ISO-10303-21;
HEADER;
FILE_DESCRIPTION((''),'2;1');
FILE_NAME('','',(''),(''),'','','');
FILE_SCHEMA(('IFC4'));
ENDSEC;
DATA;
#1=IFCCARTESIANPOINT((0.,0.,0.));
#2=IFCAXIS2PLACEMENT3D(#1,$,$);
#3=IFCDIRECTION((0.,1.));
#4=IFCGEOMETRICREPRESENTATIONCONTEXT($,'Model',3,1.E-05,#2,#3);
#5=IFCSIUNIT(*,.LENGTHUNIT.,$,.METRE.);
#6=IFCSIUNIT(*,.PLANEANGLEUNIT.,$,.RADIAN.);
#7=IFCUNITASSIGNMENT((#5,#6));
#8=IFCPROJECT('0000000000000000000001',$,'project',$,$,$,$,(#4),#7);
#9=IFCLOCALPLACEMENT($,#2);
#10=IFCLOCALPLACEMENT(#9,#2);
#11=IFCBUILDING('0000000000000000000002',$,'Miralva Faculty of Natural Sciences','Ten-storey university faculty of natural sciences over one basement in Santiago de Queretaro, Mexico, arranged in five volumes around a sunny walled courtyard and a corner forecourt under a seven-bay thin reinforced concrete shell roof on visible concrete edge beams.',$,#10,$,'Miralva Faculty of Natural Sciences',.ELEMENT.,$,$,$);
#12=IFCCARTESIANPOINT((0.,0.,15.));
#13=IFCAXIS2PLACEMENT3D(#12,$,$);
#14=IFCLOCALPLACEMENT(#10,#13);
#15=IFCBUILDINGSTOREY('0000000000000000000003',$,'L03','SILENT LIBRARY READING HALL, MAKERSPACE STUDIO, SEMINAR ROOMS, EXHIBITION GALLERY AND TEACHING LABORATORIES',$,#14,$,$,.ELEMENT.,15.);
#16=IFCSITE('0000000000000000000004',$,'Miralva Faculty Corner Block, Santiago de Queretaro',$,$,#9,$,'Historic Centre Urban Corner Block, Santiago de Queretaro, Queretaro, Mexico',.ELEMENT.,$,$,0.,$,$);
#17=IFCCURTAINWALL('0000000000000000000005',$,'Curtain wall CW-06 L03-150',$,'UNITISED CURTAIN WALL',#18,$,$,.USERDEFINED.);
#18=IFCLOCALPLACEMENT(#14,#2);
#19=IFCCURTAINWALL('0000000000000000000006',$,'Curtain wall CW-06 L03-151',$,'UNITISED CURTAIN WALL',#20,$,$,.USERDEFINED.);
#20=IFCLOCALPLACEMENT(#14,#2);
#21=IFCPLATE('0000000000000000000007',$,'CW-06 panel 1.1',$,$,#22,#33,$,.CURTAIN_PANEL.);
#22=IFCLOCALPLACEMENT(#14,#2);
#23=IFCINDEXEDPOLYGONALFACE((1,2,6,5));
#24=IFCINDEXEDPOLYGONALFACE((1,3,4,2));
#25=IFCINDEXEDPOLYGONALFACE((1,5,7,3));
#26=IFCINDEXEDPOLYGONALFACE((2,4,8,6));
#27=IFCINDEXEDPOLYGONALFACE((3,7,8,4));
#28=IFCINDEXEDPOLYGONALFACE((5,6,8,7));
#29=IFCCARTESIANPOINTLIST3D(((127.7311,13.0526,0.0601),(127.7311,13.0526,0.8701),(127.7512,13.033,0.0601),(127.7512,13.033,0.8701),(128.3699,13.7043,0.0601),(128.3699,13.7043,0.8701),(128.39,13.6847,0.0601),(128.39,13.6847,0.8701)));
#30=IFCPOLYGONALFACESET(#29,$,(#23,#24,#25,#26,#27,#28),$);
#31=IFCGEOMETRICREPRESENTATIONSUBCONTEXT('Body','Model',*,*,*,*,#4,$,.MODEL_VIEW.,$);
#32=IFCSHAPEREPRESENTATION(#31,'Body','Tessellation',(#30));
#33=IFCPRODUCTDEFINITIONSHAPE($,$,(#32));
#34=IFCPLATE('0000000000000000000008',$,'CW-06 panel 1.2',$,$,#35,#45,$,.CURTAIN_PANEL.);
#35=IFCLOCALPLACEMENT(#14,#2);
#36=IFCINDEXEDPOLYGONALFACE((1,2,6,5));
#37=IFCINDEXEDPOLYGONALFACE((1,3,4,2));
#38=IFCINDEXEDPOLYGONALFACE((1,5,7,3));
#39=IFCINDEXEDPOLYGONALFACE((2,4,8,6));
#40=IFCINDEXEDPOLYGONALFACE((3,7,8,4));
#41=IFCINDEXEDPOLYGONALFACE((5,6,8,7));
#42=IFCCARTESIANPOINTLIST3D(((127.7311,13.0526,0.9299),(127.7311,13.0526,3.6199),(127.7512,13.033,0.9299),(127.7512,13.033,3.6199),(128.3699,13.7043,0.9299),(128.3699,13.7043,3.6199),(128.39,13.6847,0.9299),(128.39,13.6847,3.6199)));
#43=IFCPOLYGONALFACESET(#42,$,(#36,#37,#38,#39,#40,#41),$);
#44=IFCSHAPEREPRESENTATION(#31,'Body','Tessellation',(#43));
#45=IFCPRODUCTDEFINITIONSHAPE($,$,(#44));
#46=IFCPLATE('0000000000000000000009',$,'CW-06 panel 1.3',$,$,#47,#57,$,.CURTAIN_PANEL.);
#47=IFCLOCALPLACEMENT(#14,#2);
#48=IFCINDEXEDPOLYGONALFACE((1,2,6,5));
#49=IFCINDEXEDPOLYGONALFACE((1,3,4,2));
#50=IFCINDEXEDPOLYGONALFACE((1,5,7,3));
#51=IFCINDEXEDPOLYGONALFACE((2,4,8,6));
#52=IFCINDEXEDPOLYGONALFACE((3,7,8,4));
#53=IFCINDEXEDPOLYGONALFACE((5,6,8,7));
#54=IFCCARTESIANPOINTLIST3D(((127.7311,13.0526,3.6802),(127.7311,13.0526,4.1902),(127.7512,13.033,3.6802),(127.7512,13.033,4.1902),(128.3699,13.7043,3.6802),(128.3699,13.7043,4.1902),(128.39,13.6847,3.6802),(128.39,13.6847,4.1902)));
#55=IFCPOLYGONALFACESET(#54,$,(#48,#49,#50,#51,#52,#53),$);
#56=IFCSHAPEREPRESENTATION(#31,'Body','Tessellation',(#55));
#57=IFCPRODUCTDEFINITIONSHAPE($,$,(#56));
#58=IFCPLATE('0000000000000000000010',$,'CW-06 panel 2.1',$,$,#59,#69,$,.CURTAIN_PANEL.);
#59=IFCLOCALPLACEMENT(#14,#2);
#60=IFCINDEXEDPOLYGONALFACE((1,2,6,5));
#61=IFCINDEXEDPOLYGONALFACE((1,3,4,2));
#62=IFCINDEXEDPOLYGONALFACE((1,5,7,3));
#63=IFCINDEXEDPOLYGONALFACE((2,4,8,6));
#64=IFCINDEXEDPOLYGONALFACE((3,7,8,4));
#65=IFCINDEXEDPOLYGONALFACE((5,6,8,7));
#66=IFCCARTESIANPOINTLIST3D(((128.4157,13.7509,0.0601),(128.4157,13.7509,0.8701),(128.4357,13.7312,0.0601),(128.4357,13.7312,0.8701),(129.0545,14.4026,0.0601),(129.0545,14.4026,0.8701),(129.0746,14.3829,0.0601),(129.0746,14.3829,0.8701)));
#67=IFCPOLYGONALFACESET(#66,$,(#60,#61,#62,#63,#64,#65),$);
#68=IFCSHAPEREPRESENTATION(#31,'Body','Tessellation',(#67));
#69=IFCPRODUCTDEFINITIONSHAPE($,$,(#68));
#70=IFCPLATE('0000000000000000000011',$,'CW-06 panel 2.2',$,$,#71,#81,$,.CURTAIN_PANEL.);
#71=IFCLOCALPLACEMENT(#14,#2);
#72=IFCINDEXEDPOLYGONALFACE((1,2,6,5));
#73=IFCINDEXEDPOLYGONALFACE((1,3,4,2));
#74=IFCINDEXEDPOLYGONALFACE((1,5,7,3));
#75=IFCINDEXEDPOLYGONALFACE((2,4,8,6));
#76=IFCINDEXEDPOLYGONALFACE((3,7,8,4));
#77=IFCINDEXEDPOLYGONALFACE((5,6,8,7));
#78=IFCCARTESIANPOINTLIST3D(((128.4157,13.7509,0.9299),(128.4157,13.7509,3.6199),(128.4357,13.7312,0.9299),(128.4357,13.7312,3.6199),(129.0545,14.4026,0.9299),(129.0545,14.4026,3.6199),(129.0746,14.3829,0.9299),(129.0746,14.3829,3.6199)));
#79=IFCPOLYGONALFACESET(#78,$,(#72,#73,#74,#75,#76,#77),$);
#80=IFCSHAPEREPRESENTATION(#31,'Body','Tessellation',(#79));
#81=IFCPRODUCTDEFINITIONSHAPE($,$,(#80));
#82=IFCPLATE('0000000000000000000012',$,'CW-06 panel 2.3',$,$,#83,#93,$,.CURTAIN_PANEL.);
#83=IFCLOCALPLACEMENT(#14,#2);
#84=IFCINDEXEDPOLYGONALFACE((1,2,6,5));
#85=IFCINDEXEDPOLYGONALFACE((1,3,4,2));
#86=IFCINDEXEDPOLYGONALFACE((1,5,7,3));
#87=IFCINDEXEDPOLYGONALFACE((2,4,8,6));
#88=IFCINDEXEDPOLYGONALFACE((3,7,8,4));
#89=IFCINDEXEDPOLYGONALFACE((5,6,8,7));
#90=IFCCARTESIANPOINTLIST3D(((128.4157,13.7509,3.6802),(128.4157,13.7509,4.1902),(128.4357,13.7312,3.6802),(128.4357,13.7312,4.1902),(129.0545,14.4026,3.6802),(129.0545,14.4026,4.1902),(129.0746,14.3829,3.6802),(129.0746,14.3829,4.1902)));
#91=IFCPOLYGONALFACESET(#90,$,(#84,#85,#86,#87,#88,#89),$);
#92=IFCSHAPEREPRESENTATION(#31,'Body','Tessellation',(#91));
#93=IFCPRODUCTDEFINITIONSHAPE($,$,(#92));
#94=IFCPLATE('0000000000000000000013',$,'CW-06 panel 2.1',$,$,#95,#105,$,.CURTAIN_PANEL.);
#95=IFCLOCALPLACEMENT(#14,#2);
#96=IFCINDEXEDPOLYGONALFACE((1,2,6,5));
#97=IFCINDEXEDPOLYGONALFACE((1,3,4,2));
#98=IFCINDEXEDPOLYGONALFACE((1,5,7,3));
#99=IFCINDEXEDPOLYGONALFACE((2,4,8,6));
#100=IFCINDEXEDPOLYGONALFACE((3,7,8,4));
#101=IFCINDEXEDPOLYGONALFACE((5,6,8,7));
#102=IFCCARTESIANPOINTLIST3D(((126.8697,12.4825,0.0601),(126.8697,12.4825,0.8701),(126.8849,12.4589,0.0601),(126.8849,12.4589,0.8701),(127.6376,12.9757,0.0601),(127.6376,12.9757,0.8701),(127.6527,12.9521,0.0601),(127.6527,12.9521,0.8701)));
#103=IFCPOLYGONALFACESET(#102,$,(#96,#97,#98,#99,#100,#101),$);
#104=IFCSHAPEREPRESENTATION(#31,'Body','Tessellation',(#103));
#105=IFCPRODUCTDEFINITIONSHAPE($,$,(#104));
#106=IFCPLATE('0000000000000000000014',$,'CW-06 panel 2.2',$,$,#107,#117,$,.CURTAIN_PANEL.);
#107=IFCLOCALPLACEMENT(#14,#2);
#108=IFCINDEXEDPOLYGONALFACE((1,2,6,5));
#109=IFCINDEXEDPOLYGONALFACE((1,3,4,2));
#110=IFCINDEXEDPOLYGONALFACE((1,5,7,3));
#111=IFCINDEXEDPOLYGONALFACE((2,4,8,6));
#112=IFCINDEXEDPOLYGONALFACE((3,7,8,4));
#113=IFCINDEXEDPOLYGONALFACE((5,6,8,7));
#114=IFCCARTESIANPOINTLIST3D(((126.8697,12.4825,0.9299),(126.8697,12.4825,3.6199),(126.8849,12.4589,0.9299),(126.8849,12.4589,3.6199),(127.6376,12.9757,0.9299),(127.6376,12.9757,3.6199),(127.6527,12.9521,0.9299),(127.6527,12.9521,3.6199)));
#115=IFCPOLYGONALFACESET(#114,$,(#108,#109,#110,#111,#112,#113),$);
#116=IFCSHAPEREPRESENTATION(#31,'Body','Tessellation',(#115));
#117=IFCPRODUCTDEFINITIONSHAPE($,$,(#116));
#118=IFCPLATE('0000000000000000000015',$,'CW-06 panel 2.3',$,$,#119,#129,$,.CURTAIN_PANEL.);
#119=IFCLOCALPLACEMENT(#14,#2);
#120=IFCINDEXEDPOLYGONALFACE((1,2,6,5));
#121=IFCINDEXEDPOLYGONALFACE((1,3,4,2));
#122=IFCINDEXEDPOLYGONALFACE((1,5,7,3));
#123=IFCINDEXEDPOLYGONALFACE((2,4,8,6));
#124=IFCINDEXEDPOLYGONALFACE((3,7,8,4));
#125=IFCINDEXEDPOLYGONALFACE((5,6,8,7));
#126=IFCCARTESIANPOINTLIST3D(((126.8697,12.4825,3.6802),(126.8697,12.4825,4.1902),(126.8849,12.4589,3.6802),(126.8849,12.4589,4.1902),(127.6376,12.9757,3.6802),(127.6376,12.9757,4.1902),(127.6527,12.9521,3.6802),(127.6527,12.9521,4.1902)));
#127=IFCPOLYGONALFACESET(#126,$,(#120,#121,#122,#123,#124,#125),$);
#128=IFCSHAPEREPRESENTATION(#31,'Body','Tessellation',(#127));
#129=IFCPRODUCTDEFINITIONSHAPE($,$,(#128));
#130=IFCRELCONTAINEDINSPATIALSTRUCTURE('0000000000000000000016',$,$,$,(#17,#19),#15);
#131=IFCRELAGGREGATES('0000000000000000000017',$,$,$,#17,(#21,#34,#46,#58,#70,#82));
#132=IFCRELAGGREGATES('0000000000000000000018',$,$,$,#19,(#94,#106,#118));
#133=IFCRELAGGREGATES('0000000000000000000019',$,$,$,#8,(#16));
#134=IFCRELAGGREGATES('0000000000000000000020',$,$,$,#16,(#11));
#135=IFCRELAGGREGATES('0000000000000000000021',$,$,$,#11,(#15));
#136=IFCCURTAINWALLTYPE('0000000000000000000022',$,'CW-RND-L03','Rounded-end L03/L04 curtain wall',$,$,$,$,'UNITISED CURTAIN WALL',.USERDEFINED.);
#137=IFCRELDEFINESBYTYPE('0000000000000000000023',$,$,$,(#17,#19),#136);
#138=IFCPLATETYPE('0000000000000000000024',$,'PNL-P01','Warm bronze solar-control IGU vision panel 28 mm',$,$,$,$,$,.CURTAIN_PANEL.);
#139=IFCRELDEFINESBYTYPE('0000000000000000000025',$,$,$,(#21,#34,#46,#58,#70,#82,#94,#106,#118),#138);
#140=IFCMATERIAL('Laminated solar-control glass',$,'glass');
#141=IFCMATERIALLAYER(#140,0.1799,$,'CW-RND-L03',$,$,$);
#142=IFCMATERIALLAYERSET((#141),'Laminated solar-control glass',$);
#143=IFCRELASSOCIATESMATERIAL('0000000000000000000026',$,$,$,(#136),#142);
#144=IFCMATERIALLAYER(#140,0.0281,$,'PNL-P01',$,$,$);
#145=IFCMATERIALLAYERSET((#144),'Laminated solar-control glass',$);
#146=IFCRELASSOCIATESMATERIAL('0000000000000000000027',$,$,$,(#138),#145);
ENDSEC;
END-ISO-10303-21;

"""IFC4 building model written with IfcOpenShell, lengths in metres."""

from ifc_helpers import new_model, si_unit, direction, frame, origin, origin_2d, place, context, subcontext, project, spatial, rectangle, extrude, material, layer, layer_set, type_object, element, aggregate, save


model = new_model("IFC4")

# Units and contexts
model_context = context("Model", 3, precision=1e-05, world=origin(), true_north=direction((0.0, 1.0)))
body_context = subcontext(model_context, "Body", "Model", "MODEL_VIEW")
ifc_project = project(units=[si_unit("LENGTHUNIT", "METRE"), si_unit("PLANEANGLEUNIT", "RADIAN")], contexts=[model_context])

# Site, building, storey
site_placement = place(None, origin())
site = spatial("IfcSite", under=ifc_project, at=site_placement, Name="Miralva Faculty Corner Block, Santiago de Queretaro", LongName="Historic Centre Urban Corner Block, Santiago de Queretaro, Queretaro, Mexico", CompositionType="ELEMENT", RefElevation=0.0)
building_placement = place(site_placement, origin())
building = spatial("IfcBuilding", under=site, at=building_placement, Name="Miralva Faculty of Natural Sciences", Description="Ten-storey university faculty of natural sciences over one basement in Santiago de Queretaro, Mexico, arranged in five volumes around a sunny walled courtyard and a corner forecourt under a seven-bay thin reinforced concrete shell roof on visible concrete edge beams.", LongName="Miralva Faculty of Natural Sciences", CompositionType="ELEMENT")
storey_placement = place(building_placement, frame((0.0, 0.0, 15.0)))
storey = spatial("IfcBuildingStorey", under=building, at=storey_placement, Name="L03", Description="SILENT LIBRARY READING HALL, MAKERSPACE STUDIO, SEMINAR ROOMS, EXHIBITION GALLERY AND TEACHING LABORATORIES", CompositionType="ELEMENT", Elevation=15.0)

# Curtain wall
ifc_material_1 = material(Name="Laminated solar-control glass", Category="glass")
ifc_layer_1 = layer(ifc_material_1, 0.1799, Name="CW-RND-L03")
ifc_layer_set_1 = layer_set([ifc_layer_1], Name="Laminated solar-control glass")
curtain_wall_type = type_object("IfcCurtainWallType", Name="CW-RND-L03", Description="Rounded-end L03/L04 curtain wall", ElementType="UNITISED CURTAIN WALL", PredefinedType="USERDEFINED", material=ifc_layer_set_1)
curtain_wall_1_placement = place(storey_placement, origin())
curtain_wall_1 = element("IfcCurtainWall", 1, at=curtain_wall_1_placement, inside=storey, type_object=curtain_wall_type, Name="Curtain wall CW-06 L03-150", ObjectType="UNITISED CURTAIN WALL", PredefinedType="USERDEFINED")

# Curtain wall
curtain_wall_2_placement = place(storey_placement, origin())
curtain_wall_2 = element("IfcCurtainWall", 2, at=curtain_wall_2_placement, inside=storey, type_object=curtain_wall_type, Name="Curtain wall CW-06 L03-151", ObjectType="UNITISED CURTAIN WALL", PredefinedType="USERDEFINED")

# Plates
ifc_layer_2 = layer(ifc_material_1, 0.0281, Name="PNL-P01")
ifc_layer_set_2 = layer_set([ifc_layer_2], Name="Laminated solar-control glass")
plate_type = type_object("IfcPlateType", Name="PNL-P01", Description="Warm bronze solar-control IGU vision panel 28 mm", PredefinedType="CURTAIN_PANEL", material=ifc_layer_set_2)
plate_1_placement = place(storey_placement, frame((128.0605, 13.3687, 0.0601), z_axis=(0.0, 0.0, 1.0), x_axis=(0.700018, 0.714125, 0.0)))
plate_1 = element("IfcPlate", 3, at=plate_1_placement, type_object=plate_type, Name="CW-06 panel 1.1", PredefinedType="CURTAIN_PANEL", context=body_context, shape_type="SweptSolid", body=[
    extrude(rectangle(XDim=0.9126, YDim=0.0281, at=origin_2d()), origin(), (0.0, 0.0, 1.0), 0.8101),
])
plate_2_placement = place(storey_placement, frame((128.0605, 13.3687, 0.9299), z_axis=(0.0, 0.0, 1.0), x_axis=(0.700018, 0.714125, 0.0)))
plate_2 = element("IfcPlate", 4, at=plate_2_placement, type_object=plate_type, Name="CW-06 panel 1.2", PredefinedType="CURTAIN_PANEL", context=body_context, shape_type="SweptSolid", body=[
    extrude(rectangle(XDim=0.9126, YDim=0.0281, at=origin_2d()), origin(), (0.0, 0.0, 1.0), 2.6899),
])
plate_3_placement = place(storey_placement, frame((128.0605, 13.3687, 3.6802), z_axis=(0.0, 0.0, 1.0), x_axis=(0.700018, 0.714125, 0.0)))
plate_3 = element("IfcPlate", 5, at=plate_3_placement, type_object=plate_type, Name="CW-06 panel 1.3", PredefinedType="CURTAIN_PANEL", context=body_context, shape_type="SweptSolid", body=[
    extrude(rectangle(XDim=0.9126, YDim=0.0281, at=origin_2d()), origin(), (0.0, 0.0, 1.0), 0.51),
])
plate_4_placement = place(storey_placement, frame((128.7451, 14.0669, 0.0601), z_axis=(0.0, 0.0, 1.0), x_axis=(0.700018, 0.714125, 0.0)))
plate_4 = element("IfcPlate", 6, at=plate_4_placement, type_object=plate_type, Name="CW-06 panel 2.1", PredefinedType="CURTAIN_PANEL", context=body_context, shape_type="SweptSolid", body=[
    extrude(rectangle(XDim=0.9126, YDim=0.0281, at=origin_2d()), origin(), (0.0, 0.0, 1.0), 0.8101),
])
plate_5_placement = place(storey_placement, frame((128.7451, 14.0669, 0.9299), z_axis=(0.0, 0.0, 1.0), x_axis=(0.700018, 0.714125, 0.0)))
plate_5 = element("IfcPlate", 7, at=plate_5_placement, type_object=plate_type, Name="CW-06 panel 2.2", PredefinedType="CURTAIN_PANEL", context=body_context, shape_type="SweptSolid", body=[
    extrude(rectangle(XDim=0.9126, YDim=0.0281, at=origin_2d()), origin(), (0.0, 0.0, 1.0), 2.6899),
])
plate_6_placement = place(storey_placement, frame((128.7451, 14.0669, 3.6802), z_axis=(0.0, 0.0, 1.0), x_axis=(0.700018, 0.714125, 0.0)))
plate_6 = element("IfcPlate", 8, at=plate_6_placement, type_object=plate_type, Name="CW-06 panel 2.3", PredefinedType="CURTAIN_PANEL", context=body_context, shape_type="SweptSolid", body=[
    extrude(rectangle(XDim=0.9126, YDim=0.0281, at=origin_2d()), origin(), (0.0, 0.0, 1.0), 0.51),
])
aggregate(curtain_wall_1, [plate_1, plate_2, plate_3, plate_4, plate_5, plate_6])
plate_7_placement = place(storey_placement, frame((127.2612, 12.7173, 0.0601), z_axis=(0.0, 0.0, 1.0), x_axis=(0.841379, 0.540445, 0.0)))
plate_7 = element("IfcPlate", 9, at=plate_7_placement, type_object=plate_type, Name="CW-06 panel 2.1", PredefinedType="CURTAIN_PANEL", context=body_context, shape_type="SweptSolid", body=[
    extrude(rectangle(XDim=0.9126, YDim=0.0281, at=origin_2d()), origin(), (0.0, 0.0, 1.0), 0.8101),
])
plate_8_placement = place(storey_placement, frame((127.2612, 12.7173, 0.9299), z_axis=(0.0, 0.0, 1.0), x_axis=(0.841379, 0.540445, 0.0)))
plate_8 = element("IfcPlate", 10, at=plate_8_placement, type_object=plate_type, Name="CW-06 panel 2.2", PredefinedType="CURTAIN_PANEL", context=body_context, shape_type="SweptSolid", body=[
    extrude(rectangle(XDim=0.9126, YDim=0.0281, at=origin_2d()), origin(), (0.0, 0.0, 1.0), 2.6899),
])
plate_9_placement = place(storey_placement, frame((127.2612, 12.7173, 3.6802), z_axis=(0.0, 0.0, 1.0), x_axis=(0.841379, 0.540445, 0.0)))
plate_9 = element("IfcPlate", 11, at=plate_9_placement, type_object=plate_type, Name="CW-06 panel 2.3", PredefinedType="CURTAIN_PANEL", context=body_context, shape_type="SweptSolid", body=[
    extrude(rectangle(XDim=0.9126, YDim=0.0281, at=origin_2d()), origin(), (0.0, 0.0, 1.0), 0.51),
])
aggregate(curtain_wall_2, [plate_7, plate_8, plate_9])

save(model, "model.ifc")
